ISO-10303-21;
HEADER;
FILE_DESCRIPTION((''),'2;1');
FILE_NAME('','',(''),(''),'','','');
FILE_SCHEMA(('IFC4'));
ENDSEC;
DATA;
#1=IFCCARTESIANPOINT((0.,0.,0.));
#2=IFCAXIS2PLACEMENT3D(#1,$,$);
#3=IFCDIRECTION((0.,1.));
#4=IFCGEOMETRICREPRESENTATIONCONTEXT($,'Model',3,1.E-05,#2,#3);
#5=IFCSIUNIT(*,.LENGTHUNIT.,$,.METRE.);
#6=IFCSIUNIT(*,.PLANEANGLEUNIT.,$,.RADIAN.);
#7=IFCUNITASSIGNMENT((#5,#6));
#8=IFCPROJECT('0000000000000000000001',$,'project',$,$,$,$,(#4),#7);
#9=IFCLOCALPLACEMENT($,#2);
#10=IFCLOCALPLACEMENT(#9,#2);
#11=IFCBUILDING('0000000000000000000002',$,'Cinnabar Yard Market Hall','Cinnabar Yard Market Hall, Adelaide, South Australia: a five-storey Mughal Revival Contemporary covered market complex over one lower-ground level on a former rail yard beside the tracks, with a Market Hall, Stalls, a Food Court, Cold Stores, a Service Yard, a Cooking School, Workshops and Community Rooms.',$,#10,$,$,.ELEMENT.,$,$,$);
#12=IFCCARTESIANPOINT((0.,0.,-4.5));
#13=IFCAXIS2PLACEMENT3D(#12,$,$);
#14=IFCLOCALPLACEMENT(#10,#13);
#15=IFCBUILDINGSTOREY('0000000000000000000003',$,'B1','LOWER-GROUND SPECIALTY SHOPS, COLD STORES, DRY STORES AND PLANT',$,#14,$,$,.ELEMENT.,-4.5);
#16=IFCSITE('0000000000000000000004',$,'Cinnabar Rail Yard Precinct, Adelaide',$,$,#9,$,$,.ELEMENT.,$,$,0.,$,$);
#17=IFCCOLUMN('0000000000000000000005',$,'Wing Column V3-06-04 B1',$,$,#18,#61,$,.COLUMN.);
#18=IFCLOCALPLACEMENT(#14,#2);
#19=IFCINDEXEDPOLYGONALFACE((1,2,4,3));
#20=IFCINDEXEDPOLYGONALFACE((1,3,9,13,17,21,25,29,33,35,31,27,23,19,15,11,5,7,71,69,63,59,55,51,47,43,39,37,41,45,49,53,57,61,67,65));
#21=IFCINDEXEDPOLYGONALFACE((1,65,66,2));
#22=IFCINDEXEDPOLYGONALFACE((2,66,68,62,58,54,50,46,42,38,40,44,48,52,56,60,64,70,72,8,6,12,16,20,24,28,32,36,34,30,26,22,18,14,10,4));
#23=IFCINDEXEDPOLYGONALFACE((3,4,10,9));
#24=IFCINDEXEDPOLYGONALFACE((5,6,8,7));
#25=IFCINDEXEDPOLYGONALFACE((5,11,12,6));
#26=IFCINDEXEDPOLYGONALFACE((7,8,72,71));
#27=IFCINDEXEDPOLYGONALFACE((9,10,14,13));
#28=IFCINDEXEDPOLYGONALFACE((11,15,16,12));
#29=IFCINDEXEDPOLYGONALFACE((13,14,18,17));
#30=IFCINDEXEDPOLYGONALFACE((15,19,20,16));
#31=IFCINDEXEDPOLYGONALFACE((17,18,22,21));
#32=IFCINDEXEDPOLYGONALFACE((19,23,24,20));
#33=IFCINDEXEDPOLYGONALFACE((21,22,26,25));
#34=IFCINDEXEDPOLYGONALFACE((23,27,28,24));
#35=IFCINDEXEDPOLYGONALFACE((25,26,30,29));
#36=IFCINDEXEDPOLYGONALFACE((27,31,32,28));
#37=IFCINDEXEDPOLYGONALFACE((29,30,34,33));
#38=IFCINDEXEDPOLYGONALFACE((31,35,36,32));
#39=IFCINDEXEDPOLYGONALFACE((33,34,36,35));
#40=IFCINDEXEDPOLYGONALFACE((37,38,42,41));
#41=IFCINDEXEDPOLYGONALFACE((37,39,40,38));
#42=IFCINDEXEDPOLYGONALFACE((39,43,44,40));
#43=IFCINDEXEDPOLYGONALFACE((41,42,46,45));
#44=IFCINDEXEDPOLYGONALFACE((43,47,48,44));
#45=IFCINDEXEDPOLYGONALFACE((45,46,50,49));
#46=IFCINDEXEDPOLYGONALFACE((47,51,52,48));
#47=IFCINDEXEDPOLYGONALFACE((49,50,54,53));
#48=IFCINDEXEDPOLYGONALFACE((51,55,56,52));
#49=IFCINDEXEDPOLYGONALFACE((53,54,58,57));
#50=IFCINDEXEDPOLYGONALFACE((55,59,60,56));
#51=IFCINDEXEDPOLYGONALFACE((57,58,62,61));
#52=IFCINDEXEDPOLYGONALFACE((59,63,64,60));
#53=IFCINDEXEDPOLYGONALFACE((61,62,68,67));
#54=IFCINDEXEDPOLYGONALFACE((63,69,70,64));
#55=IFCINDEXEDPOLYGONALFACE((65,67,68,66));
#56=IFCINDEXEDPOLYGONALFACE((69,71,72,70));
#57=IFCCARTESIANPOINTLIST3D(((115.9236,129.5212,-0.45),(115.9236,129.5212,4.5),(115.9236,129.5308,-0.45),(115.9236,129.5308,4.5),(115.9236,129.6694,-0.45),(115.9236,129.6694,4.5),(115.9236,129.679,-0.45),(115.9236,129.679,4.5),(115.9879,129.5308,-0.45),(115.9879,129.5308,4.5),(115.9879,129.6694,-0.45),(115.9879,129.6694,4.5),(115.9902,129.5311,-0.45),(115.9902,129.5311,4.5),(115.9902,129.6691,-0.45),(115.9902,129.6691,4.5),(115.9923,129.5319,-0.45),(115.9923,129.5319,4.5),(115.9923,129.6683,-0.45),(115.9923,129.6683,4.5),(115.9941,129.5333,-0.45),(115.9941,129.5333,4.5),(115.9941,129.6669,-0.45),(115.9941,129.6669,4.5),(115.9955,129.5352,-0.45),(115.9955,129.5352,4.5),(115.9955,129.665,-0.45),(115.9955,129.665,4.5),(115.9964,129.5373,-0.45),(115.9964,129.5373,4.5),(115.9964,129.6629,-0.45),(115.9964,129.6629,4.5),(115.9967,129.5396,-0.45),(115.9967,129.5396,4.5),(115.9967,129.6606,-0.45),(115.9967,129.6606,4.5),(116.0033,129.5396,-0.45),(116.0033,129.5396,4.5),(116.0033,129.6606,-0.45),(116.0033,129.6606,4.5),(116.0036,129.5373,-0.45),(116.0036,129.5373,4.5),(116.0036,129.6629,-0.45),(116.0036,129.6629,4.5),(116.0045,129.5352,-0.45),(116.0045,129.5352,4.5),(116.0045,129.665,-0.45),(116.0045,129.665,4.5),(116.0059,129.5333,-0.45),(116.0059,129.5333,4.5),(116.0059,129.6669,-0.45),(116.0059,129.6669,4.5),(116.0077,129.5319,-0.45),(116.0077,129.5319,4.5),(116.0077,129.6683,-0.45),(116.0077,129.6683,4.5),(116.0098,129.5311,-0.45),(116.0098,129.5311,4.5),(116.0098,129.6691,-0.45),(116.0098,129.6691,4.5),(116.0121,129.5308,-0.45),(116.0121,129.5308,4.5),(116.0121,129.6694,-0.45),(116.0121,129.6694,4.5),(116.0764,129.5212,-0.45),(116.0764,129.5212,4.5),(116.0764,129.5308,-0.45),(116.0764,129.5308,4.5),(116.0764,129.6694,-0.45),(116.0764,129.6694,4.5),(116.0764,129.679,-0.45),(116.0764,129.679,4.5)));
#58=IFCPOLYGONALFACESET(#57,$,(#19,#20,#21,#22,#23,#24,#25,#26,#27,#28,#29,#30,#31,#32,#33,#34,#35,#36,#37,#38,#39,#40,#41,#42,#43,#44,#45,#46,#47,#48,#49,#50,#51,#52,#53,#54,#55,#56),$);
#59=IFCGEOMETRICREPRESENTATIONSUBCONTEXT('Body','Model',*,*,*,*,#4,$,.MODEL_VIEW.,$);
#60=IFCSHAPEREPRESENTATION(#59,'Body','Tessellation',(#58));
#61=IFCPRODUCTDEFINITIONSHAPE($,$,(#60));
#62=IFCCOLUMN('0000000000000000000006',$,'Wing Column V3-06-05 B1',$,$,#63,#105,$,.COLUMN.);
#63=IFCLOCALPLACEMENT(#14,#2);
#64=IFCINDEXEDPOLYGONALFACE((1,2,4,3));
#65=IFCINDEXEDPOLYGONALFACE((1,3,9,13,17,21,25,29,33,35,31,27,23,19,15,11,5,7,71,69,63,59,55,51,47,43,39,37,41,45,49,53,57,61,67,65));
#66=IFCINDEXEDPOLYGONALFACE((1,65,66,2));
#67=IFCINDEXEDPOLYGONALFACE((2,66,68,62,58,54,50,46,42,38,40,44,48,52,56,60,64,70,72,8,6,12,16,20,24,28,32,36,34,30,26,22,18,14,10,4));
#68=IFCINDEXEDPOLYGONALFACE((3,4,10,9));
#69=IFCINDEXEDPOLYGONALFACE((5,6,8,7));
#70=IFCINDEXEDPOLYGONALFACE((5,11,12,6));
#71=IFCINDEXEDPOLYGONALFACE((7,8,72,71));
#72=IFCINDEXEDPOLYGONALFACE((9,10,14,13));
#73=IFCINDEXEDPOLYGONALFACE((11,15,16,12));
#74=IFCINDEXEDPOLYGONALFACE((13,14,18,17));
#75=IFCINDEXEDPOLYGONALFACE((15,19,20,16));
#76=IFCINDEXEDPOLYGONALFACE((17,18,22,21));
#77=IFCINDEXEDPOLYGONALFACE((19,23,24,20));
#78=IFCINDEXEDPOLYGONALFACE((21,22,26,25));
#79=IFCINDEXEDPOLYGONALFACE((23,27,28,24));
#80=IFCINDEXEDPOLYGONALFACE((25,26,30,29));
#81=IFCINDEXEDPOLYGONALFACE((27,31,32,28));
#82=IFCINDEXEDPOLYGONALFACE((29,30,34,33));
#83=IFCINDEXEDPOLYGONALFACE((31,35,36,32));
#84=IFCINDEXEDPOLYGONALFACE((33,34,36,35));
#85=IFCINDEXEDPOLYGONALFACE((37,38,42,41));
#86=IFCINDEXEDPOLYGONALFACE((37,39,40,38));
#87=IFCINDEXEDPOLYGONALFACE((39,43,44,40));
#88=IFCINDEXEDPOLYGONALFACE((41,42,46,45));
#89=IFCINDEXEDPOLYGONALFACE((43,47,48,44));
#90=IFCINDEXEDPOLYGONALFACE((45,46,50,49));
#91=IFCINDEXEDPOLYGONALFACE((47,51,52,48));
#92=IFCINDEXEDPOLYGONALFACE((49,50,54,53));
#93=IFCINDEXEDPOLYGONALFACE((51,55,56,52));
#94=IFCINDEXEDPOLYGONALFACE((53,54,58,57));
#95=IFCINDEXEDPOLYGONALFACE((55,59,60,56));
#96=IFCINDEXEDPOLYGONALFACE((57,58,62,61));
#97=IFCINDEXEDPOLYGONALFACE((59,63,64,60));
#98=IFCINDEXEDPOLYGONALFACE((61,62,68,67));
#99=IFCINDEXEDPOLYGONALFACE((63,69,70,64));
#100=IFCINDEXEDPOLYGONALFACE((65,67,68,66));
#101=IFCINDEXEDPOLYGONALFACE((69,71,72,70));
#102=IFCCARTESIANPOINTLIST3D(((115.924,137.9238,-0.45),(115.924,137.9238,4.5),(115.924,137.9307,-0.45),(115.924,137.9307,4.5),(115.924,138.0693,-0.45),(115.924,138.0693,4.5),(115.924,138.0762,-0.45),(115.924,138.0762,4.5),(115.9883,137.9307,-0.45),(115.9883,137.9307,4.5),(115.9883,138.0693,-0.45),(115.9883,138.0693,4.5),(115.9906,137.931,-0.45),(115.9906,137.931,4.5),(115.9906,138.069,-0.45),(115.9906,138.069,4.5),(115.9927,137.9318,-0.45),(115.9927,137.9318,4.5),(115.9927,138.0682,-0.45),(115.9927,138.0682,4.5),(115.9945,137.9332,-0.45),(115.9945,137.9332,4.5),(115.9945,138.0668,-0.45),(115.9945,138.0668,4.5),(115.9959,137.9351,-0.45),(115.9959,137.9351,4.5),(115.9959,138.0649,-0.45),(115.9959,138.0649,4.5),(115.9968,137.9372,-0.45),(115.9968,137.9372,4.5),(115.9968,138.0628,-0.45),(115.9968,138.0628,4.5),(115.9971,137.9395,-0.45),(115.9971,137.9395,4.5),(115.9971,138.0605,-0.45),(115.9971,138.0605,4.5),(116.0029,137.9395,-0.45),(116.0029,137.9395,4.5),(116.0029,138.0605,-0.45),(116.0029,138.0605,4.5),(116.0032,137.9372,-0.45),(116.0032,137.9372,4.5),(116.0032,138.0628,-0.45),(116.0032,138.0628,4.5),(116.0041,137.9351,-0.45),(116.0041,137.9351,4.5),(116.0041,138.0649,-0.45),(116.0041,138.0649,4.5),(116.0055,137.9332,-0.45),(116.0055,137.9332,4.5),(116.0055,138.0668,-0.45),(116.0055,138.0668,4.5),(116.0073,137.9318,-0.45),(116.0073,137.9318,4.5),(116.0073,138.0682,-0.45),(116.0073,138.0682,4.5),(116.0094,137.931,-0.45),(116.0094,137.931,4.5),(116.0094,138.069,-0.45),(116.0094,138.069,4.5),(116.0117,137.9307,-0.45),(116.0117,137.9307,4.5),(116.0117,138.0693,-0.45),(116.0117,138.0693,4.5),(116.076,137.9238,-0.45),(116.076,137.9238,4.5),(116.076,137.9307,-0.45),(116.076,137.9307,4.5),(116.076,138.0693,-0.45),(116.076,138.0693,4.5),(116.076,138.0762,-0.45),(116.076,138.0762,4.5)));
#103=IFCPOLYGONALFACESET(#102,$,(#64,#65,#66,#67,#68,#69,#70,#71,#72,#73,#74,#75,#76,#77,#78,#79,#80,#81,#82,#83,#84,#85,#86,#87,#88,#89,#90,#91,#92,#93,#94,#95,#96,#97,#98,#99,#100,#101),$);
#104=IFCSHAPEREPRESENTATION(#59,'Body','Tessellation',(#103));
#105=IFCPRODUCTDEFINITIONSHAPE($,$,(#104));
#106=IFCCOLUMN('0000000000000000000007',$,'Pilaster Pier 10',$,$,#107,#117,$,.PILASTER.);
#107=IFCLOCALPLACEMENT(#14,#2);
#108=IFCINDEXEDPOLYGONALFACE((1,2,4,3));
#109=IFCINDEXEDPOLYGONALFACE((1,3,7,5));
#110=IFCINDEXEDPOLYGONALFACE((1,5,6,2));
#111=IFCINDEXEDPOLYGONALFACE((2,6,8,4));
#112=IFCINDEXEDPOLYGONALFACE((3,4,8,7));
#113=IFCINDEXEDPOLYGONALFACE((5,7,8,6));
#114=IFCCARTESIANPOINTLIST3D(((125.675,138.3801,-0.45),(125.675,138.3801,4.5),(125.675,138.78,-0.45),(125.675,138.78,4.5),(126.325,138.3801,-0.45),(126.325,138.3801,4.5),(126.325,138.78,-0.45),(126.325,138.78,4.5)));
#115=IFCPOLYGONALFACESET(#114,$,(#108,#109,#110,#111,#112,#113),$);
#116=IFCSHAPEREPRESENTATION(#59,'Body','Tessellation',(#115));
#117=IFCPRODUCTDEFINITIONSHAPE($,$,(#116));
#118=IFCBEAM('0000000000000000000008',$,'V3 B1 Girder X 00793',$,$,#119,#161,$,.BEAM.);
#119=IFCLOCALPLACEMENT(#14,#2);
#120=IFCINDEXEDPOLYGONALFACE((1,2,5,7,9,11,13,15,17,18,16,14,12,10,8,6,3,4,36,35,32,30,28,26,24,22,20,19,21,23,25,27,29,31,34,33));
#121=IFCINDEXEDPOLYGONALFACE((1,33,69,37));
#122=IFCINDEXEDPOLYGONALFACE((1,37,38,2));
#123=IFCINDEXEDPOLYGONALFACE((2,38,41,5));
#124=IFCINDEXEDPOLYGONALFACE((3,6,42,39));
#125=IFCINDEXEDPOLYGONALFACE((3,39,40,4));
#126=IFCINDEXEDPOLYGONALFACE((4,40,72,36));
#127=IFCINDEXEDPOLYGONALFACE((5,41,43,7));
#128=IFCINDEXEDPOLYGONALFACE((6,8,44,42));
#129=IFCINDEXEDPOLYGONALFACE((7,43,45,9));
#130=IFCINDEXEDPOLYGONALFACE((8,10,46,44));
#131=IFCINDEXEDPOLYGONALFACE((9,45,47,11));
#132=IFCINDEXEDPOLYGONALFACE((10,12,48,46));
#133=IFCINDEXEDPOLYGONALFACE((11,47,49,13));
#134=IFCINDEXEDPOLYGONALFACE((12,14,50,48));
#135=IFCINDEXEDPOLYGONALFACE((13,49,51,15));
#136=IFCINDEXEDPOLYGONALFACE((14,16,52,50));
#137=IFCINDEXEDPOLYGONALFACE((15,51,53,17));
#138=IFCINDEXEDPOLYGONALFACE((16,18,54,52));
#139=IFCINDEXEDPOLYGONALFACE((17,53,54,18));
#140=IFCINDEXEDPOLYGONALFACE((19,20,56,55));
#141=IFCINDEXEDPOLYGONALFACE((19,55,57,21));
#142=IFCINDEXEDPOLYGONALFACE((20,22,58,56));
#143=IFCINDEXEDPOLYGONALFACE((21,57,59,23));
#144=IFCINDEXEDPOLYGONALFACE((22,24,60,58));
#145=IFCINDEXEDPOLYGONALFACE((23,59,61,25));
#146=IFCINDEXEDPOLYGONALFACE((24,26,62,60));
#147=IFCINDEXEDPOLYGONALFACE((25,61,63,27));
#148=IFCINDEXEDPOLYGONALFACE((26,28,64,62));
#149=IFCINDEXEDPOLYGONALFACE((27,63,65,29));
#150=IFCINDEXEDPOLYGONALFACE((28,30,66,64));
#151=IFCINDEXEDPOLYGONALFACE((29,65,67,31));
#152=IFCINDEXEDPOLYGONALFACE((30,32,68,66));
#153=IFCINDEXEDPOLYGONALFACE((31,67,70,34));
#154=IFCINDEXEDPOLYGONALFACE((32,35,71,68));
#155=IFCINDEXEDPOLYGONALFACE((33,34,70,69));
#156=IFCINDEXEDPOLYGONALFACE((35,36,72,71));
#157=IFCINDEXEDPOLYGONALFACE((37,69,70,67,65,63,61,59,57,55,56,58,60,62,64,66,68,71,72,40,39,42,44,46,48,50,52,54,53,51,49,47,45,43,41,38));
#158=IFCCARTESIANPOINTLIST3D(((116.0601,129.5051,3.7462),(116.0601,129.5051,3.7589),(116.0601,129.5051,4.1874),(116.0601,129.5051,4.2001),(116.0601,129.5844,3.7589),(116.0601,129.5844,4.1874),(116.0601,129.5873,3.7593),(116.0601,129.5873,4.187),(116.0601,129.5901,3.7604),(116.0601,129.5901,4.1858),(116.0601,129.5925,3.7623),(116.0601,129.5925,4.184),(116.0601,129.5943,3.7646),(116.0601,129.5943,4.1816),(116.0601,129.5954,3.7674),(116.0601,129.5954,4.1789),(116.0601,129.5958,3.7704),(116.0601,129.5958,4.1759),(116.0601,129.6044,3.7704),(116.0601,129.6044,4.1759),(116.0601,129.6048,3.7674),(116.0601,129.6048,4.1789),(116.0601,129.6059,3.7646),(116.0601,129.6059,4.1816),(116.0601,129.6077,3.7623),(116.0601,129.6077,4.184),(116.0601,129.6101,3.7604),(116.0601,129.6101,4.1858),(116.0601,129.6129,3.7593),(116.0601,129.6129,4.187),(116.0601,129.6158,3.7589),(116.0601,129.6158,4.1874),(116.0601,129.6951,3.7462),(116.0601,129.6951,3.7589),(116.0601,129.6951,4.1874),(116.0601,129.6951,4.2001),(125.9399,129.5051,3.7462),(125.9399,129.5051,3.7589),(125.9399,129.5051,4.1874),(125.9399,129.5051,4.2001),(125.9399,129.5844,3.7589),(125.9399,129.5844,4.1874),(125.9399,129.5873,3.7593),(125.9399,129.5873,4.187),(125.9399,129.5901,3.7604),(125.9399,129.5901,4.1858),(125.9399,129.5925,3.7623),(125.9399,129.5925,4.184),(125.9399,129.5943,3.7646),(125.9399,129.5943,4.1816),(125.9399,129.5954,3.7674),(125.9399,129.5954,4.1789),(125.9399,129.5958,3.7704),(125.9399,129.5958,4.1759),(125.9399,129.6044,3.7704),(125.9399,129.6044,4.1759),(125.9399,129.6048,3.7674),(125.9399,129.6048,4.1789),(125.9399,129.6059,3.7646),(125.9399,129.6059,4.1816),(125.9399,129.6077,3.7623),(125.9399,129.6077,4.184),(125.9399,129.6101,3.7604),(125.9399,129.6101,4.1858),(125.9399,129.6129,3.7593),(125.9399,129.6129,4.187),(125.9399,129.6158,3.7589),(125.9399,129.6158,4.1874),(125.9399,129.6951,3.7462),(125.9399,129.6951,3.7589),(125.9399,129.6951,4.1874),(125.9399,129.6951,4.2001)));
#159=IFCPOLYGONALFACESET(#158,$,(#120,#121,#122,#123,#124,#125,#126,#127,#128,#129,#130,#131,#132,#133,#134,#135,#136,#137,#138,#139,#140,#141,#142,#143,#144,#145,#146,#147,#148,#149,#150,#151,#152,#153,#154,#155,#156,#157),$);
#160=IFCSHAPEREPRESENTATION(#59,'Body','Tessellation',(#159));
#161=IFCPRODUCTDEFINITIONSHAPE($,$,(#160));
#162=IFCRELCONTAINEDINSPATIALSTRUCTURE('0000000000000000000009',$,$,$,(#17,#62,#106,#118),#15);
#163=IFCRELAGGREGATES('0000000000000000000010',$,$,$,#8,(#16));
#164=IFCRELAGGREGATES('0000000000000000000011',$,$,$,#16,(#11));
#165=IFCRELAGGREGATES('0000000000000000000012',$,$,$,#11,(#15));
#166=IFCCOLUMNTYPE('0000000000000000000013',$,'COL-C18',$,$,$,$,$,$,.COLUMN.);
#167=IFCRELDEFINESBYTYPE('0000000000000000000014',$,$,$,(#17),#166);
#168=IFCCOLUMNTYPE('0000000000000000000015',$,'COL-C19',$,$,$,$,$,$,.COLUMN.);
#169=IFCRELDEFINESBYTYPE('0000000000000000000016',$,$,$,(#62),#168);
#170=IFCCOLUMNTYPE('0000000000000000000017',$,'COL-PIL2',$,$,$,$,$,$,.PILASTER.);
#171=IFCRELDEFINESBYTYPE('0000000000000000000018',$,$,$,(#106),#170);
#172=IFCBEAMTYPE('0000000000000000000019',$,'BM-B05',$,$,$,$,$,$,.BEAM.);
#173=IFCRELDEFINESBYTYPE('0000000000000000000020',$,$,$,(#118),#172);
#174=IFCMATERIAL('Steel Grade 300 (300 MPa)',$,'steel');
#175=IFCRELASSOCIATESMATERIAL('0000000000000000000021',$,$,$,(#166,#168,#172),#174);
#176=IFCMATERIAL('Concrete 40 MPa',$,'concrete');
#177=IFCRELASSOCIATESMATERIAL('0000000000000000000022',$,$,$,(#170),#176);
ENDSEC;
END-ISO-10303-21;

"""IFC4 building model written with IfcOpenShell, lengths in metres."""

from ifc_helpers import new_model, si_unit, direction, frame, origin, origin_2d_with_axis, place, context, subcontext, project, spatial, rectangle, i_section, extrude, material, material_profile, profile_set, type_object, element, save


model = new_model("IFC4")

# Units and contexts
model_context = context("Model", 3, precision=1e-05, world=origin(), true_north=direction((0.0, 1.0)))
body_context = subcontext(model_context, "Body", "Model", "MODEL_VIEW")
ifc_project = project(units=[si_unit("LENGTHUNIT", "METRE"), si_unit("PLANEANGLEUNIT", "RADIAN")], contexts=[model_context])

# Site, building, storey
site_placement = place(None, origin())
site = spatial("IfcSite", under=ifc_project, at=site_placement, Name="Cinnabar Rail Yard Precinct, Adelaide", CompositionType="ELEMENT", RefElevation=0.0)
building_placement = place(site_placement, origin())
building = spatial("IfcBuilding", under=site, at=building_placement, Name="Cinnabar Yard Market Hall", Description="Cinnabar Yard Market Hall, Adelaide, South Australia: a five-storey Mughal Revival Contemporary covered market complex over one lower-ground level on a former rail yard beside the tracks, with a Market Hall, Stalls, a Food Court, Cold Stores, a Service Yard, a Cooking School, Workshops and Community Rooms.", CompositionType="ELEMENT")
storey_placement = place(building_placement, frame((0.0, 0.0, -4.5)))
storey = spatial("IfcBuildingStorey", under=building, at=storey_placement, Name="B1", Description="LOWER-GROUND SPECIALTY SHOPS, COLD STORES, DRY STORES AND PLANT", CompositionType="ELEMENT", Elevation=-4.5)

# Shared definitions
ifc_material_1 = material(Name="Concrete 40 MPa", Category="concrete")

# Columns
ifc_material_2 = material(Name="Steel Grade 300 (300 MPa)", Category="steel")
ifc_material_profile_1 = material_profile(ifc_material_2, i_section(OverallWidth=0.1528, OverallDepth=0.1577, WebThickness=0.0066, FlangeThickness=0.0095, FilletRadius=0.0088, at=origin_2d_with_axis()), Name="150UC30.0")
ifc_profile_set_1 = profile_set([ifc_material_profile_1], Name="Steel Grade 300 (300 MPa)")
column_type_1 = type_object("IfcColumnType", Name="COL-C18", PredefinedType="COLUMN", material=ifc_profile_set_1)
column_1_placement = place(storey_placement, frame((116.0, 129.6001, -0.45), z_axis=(0.0, 0.0, 1.0), x_axis=(1.0, 0.0, 0.0)))
element("IfcColumn", 1, at=column_1_placement, inside=storey, type_object=column_type_1, Name="Wing Column V3-06-04 B1", PredefinedType="COLUMN", context=body_context, shape_type="SweptSolid", body=[
    extrude(i_section(OverallWidth=0.1528, OverallDepth=0.1577, WebThickness=0.0066, FlangeThickness=0.0095, FilletRadius=0.0088, at=origin_2d_with_axis()), origin(), (0.0, 0.0, 1.0), 4.95),
])
ifc_material_profile_2 = material_profile(ifc_material_2, i_section(OverallWidth=0.1521, OverallDepth=0.1523, WebThickness=0.0059, FlangeThickness=0.0068, FilletRadius=0.0088, at=origin_2d_with_axis()), Name="150UC23.4")
ifc_profile_set_2 = profile_set([ifc_material_profile_2], Name="Steel Grade 300 (300 MPa)")
column_type_2 = type_object("IfcColumnType", Name="COL-C19", PredefinedType="COLUMN", material=ifc_profile_set_2)
column_2_placement = place(storey_placement, frame((116.0, 138.0, -0.45), z_axis=(0.0, 0.0, 1.0), x_axis=(1.0, 0.0, 0.0)))
element("IfcColumn", 2, at=column_2_placement, inside=storey, type_object=column_type_2, Name="Wing Column V3-06-05 B1", PredefinedType="COLUMN", context=body_context, shape_type="SweptSolid", body=[
    extrude(i_section(OverallWidth=0.1521, OverallDepth=0.1523, WebThickness=0.0059, FlangeThickness=0.0068, FilletRadius=0.0088, at=origin_2d_with_axis()), origin(), (0.0, 0.0, 1.0), 4.95),
])
ifc_material_profile_3 = material_profile(ifc_material_1, rectangle(XDim=0.6499, YDim=0.3999, at=origin_2d_with_axis()), Name="RC-650x400")
ifc_profile_set_3 = profile_set([ifc_material_profile_3], Name="Concrete 40 MPa")
column_type_3 = type_object("IfcColumnType", Name="COL-PIL2", PredefinedType="PILASTER", material=ifc_profile_set_3)
column_3_placement = place(storey_placement, frame((126.0, 138.5801, -0.45), z_axis=(0.0, 0.0, 1.0), x_axis=(1.0, 0.0, 0.0)))
element("IfcColumn", 3, at=column_3_placement, inside=storey, type_object=column_type_3, Name="Pilaster Pier 10", PredefinedType="PILASTER", context=body_context, shape_type="SweptSolid", body=[
    extrude(rectangle(XDim=0.6499, YDim=0.3999, at=origin_2d_with_axis()), origin(), (0.0, 0.0, 1.0), 4.95),
])

# Beam
ifc_material_profile_4 = material_profile(ifc_material_2, i_section(OverallWidth=0.1899, OverallDepth=0.4539, WebThickness=0.0085, FlangeThickness=0.0127, FilletRadius=0.0115, at=origin_2d_with_axis()), Name="460UB67.1")
ifc_profile_set_4 = profile_set([ifc_material_profile_4], Name="Steel Grade 300 (300 MPa)")
beam_type_1 = type_object("IfcBeamType", Name="BM-B05", PredefinedType="BEAM", material=ifc_profile_set_4)
beam_1_placement = place(storey_placement, frame((116.0601, 129.6001, 3.9731), z_axis=(1.0, 0.0, 0.0), x_axis=(0.0, 1.0, 0.0)))
element("IfcBeam", 4, at=beam_1_placement, inside=storey, type_object=beam_type_1, Name="V3 B1 Girder X 00793", PredefinedType="BEAM", context=body_context, shape_type="SweptSolid", body=[
    extrude(i_section(OverallWidth=0.1899, OverallDepth=0.4539, WebThickness=0.0085, FlangeThickness=0.0127, FilletRadius=0.0115, at=origin_2d_with_axis()), origin(), (0.0, 0.0, 1.0), 9.8799),
])

save(model, "model.ifc")
